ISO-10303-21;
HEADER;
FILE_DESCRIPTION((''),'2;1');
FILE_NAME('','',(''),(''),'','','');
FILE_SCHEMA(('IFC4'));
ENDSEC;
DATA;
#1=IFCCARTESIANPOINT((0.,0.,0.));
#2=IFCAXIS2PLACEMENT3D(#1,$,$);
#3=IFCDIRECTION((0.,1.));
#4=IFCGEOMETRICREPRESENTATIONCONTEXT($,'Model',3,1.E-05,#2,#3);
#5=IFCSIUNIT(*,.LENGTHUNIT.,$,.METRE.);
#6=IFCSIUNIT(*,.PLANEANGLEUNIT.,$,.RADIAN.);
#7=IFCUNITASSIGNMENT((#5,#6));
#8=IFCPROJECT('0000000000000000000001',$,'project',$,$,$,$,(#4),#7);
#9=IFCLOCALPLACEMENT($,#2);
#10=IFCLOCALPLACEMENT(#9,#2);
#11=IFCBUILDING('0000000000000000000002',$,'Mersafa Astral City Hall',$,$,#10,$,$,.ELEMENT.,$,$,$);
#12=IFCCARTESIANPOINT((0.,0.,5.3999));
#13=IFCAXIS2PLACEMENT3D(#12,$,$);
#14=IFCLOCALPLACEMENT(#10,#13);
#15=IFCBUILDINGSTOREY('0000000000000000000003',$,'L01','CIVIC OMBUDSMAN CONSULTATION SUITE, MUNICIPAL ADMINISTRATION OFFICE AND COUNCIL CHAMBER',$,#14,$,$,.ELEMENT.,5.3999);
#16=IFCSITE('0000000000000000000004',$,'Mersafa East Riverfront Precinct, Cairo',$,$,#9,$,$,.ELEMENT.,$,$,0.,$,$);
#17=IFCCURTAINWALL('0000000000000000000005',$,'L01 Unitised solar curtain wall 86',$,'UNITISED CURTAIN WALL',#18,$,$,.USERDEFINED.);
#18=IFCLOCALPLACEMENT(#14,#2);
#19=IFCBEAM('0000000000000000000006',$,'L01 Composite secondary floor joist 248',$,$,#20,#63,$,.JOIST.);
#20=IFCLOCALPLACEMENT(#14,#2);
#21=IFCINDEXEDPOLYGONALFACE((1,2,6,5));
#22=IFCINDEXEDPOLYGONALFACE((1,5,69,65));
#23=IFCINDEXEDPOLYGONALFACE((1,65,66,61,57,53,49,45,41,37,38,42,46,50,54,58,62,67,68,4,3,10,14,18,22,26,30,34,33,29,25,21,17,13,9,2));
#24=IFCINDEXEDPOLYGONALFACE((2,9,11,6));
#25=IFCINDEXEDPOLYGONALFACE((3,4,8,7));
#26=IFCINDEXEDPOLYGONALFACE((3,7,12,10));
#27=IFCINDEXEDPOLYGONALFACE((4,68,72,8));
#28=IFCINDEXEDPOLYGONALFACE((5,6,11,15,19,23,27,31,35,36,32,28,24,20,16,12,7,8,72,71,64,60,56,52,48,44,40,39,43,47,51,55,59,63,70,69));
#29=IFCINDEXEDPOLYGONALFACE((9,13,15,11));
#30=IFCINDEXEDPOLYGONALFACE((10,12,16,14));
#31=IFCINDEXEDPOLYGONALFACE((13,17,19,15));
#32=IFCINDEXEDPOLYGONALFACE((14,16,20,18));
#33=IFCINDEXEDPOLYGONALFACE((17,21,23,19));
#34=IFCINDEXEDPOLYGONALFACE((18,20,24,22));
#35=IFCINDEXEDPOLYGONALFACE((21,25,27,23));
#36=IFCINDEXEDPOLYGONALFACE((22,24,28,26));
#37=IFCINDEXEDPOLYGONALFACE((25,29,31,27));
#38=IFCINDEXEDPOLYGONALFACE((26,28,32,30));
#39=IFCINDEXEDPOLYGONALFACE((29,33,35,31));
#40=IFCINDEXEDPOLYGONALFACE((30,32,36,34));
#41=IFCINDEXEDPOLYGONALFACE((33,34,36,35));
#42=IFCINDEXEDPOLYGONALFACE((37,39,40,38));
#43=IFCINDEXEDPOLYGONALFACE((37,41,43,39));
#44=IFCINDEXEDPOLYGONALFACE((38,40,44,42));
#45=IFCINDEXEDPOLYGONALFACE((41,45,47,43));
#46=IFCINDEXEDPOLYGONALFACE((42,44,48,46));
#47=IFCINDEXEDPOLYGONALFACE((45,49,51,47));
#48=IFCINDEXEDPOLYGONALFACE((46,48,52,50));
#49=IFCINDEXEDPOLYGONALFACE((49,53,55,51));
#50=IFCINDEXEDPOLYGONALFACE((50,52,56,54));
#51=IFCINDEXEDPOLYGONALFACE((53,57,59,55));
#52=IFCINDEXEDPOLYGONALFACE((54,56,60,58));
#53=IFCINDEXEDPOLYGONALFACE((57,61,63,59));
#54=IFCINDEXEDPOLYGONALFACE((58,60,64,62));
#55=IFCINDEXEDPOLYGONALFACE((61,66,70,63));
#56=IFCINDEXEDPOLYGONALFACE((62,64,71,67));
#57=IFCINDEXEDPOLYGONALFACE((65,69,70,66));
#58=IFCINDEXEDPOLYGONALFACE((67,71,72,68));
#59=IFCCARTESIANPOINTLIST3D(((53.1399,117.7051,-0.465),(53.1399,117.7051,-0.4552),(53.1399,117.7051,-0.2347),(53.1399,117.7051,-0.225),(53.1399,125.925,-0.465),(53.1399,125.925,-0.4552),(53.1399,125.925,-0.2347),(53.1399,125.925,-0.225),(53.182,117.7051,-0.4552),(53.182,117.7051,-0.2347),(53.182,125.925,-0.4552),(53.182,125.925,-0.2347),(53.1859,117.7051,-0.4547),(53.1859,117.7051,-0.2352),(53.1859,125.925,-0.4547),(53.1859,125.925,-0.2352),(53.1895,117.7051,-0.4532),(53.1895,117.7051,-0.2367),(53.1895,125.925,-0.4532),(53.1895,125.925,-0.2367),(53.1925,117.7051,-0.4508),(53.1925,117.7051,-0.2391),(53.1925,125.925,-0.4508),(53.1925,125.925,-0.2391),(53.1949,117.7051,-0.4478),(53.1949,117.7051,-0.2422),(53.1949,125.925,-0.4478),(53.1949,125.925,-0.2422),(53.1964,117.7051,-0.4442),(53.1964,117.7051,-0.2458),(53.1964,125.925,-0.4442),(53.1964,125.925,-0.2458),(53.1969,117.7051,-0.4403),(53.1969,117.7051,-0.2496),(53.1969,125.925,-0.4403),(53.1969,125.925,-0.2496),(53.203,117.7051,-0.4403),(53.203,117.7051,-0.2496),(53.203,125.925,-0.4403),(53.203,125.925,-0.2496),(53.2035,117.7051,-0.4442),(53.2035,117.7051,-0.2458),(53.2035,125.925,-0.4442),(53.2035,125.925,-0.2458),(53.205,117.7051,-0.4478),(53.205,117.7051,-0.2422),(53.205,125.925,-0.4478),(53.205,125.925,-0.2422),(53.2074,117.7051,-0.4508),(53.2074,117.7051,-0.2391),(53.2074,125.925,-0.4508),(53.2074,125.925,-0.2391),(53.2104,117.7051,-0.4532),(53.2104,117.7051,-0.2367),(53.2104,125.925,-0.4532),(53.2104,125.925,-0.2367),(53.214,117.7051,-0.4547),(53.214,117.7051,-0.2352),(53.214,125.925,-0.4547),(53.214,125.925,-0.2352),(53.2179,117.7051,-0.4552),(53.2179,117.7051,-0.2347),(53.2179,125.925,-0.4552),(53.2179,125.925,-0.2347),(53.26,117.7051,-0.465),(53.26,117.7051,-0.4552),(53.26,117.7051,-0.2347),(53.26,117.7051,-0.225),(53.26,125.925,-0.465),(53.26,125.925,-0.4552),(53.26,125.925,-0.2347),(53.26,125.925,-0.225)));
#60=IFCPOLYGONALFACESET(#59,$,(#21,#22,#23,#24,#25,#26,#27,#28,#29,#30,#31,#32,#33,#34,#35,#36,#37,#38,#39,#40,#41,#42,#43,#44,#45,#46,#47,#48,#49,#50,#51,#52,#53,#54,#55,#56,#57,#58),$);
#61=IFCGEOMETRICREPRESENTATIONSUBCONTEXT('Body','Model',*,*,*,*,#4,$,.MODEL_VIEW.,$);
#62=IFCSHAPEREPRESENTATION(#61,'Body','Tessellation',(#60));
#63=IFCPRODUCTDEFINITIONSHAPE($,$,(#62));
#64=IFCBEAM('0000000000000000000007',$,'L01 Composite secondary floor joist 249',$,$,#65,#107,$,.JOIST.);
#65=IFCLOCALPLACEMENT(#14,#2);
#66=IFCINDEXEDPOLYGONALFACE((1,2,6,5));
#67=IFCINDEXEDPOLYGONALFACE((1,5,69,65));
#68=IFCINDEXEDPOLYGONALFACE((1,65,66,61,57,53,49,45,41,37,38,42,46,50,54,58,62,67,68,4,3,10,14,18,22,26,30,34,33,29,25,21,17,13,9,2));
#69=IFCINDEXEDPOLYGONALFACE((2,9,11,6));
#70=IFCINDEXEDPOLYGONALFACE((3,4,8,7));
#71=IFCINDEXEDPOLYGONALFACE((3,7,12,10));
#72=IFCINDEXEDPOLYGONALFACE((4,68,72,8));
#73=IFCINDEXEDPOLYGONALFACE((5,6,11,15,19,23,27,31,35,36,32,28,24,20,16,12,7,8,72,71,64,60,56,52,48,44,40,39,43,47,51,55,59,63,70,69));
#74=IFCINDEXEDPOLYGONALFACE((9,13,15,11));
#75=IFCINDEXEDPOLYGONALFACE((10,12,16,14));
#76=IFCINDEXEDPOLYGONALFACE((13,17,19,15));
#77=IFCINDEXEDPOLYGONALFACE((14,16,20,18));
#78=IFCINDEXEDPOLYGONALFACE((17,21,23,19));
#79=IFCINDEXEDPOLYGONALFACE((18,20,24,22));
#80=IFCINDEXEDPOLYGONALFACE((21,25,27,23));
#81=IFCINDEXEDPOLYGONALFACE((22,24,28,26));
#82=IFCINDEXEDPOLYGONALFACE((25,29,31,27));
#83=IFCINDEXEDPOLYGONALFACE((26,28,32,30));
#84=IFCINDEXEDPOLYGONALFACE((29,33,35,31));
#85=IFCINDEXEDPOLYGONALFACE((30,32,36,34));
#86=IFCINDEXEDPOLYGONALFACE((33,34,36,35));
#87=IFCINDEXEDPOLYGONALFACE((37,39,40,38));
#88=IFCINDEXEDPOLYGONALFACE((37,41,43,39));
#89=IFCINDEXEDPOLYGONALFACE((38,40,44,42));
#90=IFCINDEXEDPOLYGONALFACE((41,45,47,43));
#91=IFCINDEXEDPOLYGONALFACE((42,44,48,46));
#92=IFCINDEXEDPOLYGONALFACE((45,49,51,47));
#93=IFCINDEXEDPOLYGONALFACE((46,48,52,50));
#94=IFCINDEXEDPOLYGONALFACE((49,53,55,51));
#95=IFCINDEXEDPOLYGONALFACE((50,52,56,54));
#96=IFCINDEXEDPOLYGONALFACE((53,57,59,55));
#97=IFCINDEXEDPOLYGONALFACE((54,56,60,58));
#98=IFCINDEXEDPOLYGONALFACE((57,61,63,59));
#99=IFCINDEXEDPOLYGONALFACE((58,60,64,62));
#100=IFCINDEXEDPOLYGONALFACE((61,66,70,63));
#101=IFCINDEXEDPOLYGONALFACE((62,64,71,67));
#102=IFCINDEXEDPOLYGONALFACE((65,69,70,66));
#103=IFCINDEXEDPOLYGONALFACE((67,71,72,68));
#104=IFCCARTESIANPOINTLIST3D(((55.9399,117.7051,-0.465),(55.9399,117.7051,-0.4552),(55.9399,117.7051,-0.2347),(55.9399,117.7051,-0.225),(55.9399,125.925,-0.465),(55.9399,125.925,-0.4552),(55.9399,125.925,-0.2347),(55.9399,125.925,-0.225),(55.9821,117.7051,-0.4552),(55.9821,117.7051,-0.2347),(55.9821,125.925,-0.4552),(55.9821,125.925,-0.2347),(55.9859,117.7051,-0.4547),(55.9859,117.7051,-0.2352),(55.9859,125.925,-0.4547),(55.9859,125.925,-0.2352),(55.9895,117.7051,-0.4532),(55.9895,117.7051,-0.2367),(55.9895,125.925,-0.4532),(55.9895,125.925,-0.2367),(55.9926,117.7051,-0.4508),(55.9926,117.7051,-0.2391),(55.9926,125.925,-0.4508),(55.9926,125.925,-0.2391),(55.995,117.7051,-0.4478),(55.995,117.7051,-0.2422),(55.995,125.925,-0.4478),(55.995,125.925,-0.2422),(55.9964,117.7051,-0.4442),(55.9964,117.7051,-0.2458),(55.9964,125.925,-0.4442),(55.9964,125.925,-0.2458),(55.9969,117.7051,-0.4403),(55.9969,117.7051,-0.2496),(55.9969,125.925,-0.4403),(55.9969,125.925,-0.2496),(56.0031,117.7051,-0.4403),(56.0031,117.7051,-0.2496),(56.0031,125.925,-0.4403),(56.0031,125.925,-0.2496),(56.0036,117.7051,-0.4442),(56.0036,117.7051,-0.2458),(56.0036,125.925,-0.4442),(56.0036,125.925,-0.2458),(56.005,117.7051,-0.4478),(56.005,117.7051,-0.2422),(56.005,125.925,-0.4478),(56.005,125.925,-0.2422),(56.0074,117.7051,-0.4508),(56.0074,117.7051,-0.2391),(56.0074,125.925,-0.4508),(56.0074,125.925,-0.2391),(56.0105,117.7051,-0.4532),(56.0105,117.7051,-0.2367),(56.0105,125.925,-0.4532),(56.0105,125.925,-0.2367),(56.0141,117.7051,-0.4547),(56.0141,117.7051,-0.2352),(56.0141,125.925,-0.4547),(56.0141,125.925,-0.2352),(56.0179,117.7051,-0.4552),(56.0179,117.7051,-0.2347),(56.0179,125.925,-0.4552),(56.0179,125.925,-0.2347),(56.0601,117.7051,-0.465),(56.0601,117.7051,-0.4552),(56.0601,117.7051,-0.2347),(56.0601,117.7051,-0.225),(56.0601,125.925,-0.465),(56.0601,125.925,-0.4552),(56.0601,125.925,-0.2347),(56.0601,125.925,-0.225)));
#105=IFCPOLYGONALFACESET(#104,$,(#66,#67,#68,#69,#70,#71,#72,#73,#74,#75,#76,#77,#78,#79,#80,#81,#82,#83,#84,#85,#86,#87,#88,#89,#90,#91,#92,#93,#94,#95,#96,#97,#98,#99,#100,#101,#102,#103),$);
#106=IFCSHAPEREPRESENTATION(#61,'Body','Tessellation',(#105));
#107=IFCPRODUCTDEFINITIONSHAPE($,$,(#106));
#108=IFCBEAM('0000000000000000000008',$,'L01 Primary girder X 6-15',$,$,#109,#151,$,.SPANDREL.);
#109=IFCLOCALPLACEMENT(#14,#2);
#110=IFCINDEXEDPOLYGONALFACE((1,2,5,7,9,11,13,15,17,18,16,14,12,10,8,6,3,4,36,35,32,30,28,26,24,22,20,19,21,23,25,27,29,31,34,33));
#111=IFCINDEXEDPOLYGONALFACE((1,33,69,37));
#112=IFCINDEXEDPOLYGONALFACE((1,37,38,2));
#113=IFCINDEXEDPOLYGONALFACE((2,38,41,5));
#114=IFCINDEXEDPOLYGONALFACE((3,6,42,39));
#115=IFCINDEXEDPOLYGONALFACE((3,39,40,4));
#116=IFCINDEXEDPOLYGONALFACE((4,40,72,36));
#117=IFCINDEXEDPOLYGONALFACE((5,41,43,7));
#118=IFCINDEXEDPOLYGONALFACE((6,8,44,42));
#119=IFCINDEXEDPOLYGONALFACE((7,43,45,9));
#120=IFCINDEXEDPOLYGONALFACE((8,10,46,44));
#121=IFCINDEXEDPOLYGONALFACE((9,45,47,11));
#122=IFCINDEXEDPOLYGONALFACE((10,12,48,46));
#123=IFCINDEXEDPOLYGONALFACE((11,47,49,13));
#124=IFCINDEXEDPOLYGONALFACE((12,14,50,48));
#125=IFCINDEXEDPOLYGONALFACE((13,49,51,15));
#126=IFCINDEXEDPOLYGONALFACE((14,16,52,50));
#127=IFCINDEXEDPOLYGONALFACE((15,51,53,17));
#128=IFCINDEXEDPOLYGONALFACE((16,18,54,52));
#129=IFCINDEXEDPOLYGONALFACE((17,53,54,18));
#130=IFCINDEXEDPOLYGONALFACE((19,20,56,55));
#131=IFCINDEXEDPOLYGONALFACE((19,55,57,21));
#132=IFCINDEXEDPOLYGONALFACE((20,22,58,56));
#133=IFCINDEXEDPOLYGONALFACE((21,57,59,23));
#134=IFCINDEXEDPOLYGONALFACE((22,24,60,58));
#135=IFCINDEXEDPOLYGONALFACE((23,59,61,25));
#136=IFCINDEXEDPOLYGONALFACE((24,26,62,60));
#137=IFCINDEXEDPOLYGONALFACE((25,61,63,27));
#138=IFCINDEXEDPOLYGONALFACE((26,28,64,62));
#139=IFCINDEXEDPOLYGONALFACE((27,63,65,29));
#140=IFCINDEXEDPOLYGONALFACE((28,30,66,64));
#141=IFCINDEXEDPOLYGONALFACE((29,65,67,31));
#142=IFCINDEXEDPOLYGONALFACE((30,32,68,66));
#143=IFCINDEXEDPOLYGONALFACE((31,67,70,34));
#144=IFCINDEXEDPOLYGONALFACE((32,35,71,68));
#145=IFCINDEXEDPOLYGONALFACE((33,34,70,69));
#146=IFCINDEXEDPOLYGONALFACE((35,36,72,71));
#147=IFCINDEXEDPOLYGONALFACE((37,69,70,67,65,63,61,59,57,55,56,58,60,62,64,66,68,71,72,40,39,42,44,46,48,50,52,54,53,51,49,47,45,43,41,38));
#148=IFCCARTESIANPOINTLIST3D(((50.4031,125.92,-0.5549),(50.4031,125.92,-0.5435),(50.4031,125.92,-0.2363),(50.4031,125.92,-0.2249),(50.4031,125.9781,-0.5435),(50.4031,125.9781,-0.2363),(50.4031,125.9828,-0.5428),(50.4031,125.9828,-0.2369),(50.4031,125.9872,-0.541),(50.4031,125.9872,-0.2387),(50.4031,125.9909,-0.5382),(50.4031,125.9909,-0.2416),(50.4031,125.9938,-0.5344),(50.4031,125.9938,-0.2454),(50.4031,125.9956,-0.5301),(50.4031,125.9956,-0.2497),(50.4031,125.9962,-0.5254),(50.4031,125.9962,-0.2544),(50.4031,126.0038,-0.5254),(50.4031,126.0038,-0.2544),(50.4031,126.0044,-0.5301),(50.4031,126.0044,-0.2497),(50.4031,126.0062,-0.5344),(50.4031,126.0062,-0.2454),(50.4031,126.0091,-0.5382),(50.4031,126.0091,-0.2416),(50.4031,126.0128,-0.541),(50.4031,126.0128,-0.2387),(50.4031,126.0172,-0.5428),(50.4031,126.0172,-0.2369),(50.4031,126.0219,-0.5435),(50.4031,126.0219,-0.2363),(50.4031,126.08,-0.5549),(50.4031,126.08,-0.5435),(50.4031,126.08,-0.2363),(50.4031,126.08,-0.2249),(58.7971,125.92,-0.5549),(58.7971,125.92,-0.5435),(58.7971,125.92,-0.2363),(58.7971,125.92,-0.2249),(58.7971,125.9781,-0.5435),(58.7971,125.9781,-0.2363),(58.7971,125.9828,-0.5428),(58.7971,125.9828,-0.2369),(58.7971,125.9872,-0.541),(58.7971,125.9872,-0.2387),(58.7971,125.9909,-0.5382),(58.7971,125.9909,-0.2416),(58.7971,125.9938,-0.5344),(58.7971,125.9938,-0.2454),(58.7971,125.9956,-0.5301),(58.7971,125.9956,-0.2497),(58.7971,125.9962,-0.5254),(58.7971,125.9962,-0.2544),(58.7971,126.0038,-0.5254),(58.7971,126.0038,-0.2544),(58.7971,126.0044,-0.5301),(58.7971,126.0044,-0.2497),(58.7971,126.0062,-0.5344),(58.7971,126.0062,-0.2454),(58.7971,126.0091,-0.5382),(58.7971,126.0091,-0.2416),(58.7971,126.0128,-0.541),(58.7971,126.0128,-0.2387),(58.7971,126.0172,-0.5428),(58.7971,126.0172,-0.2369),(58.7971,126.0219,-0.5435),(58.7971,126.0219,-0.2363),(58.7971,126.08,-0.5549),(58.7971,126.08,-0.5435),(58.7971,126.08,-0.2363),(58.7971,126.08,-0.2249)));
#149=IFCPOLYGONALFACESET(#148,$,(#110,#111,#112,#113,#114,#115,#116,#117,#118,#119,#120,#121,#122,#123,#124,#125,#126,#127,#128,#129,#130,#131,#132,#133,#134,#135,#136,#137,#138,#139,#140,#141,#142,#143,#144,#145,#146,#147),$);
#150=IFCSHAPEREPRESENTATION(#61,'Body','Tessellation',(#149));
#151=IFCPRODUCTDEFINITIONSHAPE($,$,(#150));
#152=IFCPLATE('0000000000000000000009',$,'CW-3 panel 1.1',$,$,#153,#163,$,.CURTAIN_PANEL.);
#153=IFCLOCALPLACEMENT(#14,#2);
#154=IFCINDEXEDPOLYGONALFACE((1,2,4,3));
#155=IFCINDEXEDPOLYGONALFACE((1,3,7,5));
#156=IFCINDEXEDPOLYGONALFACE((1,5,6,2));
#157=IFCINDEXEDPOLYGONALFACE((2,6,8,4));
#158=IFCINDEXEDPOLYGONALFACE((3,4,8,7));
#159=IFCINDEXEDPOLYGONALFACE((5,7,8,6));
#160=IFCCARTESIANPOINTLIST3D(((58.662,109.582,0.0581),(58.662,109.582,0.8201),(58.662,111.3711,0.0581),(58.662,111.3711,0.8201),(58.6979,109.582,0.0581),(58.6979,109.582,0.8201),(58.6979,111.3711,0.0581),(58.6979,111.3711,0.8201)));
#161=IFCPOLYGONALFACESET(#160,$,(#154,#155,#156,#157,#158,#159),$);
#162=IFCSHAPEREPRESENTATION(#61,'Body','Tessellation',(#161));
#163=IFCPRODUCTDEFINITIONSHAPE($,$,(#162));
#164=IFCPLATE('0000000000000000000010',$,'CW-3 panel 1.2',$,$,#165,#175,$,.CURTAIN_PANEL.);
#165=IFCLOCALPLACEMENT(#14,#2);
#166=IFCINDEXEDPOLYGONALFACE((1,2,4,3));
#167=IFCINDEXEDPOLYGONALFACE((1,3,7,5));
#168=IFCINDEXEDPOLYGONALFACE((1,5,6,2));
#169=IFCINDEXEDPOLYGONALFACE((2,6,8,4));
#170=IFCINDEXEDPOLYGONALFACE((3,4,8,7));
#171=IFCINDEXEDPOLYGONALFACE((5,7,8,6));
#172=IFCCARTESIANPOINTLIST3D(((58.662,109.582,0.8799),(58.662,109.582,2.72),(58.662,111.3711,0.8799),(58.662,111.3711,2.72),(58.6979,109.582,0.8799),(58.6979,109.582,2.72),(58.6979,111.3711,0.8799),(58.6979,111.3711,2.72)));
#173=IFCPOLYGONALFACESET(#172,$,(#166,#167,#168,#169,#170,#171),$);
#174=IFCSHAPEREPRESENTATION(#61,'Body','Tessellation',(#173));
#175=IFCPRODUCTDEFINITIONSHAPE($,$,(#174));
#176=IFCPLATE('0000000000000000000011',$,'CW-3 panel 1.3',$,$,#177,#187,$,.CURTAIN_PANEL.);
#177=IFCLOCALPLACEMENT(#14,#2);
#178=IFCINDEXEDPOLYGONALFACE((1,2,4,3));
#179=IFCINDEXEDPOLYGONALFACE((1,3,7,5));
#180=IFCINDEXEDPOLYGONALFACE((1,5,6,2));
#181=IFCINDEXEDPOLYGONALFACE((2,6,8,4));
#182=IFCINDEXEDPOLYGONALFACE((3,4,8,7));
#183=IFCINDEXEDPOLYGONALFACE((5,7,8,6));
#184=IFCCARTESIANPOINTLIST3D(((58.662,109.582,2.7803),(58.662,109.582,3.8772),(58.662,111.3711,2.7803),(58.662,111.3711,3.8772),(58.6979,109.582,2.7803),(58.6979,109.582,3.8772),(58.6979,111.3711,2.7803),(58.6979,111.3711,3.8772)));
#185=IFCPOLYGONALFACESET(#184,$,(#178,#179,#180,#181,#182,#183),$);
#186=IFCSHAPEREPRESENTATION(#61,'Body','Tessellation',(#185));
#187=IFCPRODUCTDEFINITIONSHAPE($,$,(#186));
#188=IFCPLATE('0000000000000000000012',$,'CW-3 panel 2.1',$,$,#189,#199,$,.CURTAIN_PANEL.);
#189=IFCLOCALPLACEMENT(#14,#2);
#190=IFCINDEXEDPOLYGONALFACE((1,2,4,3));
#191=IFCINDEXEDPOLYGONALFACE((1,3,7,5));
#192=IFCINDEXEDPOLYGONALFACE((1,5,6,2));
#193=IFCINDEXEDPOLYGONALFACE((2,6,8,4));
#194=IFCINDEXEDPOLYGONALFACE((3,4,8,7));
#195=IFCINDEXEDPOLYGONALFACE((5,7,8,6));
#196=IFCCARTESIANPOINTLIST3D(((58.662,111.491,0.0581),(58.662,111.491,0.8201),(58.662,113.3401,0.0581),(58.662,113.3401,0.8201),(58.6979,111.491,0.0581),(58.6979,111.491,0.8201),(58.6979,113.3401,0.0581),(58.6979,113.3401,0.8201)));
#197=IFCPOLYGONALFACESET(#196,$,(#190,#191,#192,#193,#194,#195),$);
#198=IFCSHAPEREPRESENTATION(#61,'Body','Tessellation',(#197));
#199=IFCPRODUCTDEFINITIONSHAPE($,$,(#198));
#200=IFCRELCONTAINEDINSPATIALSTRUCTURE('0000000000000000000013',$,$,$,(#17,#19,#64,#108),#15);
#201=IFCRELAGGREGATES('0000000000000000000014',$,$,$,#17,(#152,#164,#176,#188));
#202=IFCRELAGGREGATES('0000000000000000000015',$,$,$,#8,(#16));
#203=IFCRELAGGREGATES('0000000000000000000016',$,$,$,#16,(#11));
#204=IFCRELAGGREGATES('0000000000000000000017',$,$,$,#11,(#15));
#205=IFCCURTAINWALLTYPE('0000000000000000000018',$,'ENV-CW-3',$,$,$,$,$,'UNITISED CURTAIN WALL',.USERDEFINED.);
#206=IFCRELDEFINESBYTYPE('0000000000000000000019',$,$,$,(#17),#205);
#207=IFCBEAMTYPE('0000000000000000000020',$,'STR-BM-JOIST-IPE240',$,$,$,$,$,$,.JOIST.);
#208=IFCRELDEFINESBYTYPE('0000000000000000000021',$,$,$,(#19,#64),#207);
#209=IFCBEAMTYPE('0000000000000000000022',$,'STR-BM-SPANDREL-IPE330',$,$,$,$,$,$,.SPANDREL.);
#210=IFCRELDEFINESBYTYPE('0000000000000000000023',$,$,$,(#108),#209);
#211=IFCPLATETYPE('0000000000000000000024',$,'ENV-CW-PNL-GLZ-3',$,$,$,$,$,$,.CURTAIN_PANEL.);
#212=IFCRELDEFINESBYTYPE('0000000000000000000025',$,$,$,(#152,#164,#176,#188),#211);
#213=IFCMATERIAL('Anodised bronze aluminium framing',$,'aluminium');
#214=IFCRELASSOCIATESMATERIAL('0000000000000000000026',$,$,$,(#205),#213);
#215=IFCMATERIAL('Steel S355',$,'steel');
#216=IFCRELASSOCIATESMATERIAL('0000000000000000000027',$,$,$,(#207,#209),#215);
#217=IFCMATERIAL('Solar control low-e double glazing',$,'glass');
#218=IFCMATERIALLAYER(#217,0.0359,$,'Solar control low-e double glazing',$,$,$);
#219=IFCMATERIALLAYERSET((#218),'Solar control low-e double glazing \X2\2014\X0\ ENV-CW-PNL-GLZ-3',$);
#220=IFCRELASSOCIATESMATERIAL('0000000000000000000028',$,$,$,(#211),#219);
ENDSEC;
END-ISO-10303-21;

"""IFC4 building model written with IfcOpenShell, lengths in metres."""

from ifc_helpers import new_model, si_unit, direction, frame, origin, origin_2d, place, context, subcontext, project, spatial, rectangle, i_section, extrude, material, layer, layer_set, material_profile, profile_set, type_object, element, aggregate, save


model = new_model("IFC4")

# Units and contexts
model_context = context("Model", 3, precision=1e-05, world=origin(), true_north=direction((0.0, 1.0)))
body_context = subcontext(model_context, "Body", "Model", "MODEL_VIEW")
ifc_project = project(units=[si_unit("LENGTHUNIT", "METRE"), si_unit("PLANEANGLEUNIT", "RADIAN")], contexts=[model_context])

# Site, building, storey
site_placement = place(None, origin())
site = spatial("IfcSite", under=ifc_project, at=site_placement, Name="Mersafa East Riverfront Precinct, Cairo", CompositionType="ELEMENT", RefElevation=0.0)
building_placement = place(site_placement, origin())
building = spatial("IfcBuilding", under=site, at=building_placement, Name="Mersafa Astral City Hall", CompositionType="ELEMENT")
storey_placement = place(building_placement, frame((0.0, 0.0, 5.3999)))
storey = spatial("IfcBuildingStorey", under=building, at=storey_placement, Name="L01", Description="CIVIC OMBUDSMAN CONSULTATION SUITE, MUNICIPAL ADMINISTRATION OFFICE AND COUNCIL CHAMBER", CompositionType="ELEMENT", Elevation=5.3999)

# Shared definitions
ifc_material_1 = material(Name="Steel S355", Category="steel")

# Curtain wall
ifc_material_2 = material(Name="Anodised bronze aluminium framing", Category="aluminium")
curtain_wall_type = type_object("IfcCurtainWallType", Name="ENV-CW-3", ElementType="UNITISED CURTAIN WALL", PredefinedType="USERDEFINED", material=ifc_material_2)
curtain_wall_placement = place(storey_placement, origin())
curtain_wall = element("IfcCurtainWall", 1, at=curtain_wall_placement, inside=storey, type_object=curtain_wall_type, Name="L01 Unitised solar curtain wall 86", ObjectType="UNITISED CURTAIN WALL", PredefinedType="USERDEFINED")

# Beams
ifc_material_profile_1 = material_profile(ifc_material_1, i_section(OverallWidth=0.1201, OverallDepth=0.24, WebThickness=0.0061, FlangeThickness=0.0098, FilletRadius=0.0149, at=origin_2d()), Name="IPE 240")
ifc_profile_set_1 = profile_set([ifc_material_profile_1], Name="Steel S355")
beam_type_1 = type_object("IfcBeamType", Name="STR-BM-JOIST-IPE240", PredefinedType="JOIST", material=ifc_profile_set_1)
for number, where, z_axis, x_axis, name in (
    (2, (53.2, 117.7051, -0.345), (0.0, 1.0, 0.0), (-1.0, 0.0, 0.0), "L01 Composite secondary floor joist 248"),
    (3, (56.0, 117.7051, -0.345), (0.0, 1.0, 0.0), (-1.0, 0.0, 0.0), "L01 Composite secondary floor joist 249"),
):
    element("IfcBeam", number, at=place(storey_placement, frame(where, z_axis=z_axis, x_axis=x_axis)), inside=storey, type_object=beam_type_1, Name=name, PredefinedType="JOIST", context=body_context, shape_type="SweptSolid", body=[
        extrude(i_section(OverallWidth=0.1201, OverallDepth=0.24, WebThickness=0.0061, FlangeThickness=0.0098, FilletRadius=0.0149, at=origin_2d()), origin(), (0.0, 0.0, 1.0), 8.22),
    ])
ifc_material_profile_2 = material_profile(ifc_material_1, i_section(OverallWidth=0.1599, OverallDepth=0.3301, WebThickness=0.0076, FlangeThickness=0.0115, FilletRadius=0.0181, at=origin_2d()), Name="IPE 330")
ifc_profile_set_2 = profile_set([ifc_material_profile_2], Name="Steel S355")
beam_type_2 = type_object("IfcBeamType", Name="STR-BM-SPANDREL-IPE330", PredefinedType="SPANDREL", material=ifc_profile_set_2)
beam_1_placement = place(storey_placement, frame((50.4031, 126.0, -0.3899), z_axis=(1.0, 0.0, 0.0), x_axis=(0.0, 1.0, 0.0)))
element("IfcBeam", 4, at=beam_1_placement, inside=storey, type_object=beam_type_2, Name="L01 Primary girder X 6-15", PredefinedType="SPANDREL", context=body_context, shape_type="SweptSolid", body=[
    extrude(i_section(OverallWidth=0.1599, OverallDepth=0.3301, WebThickness=0.0076, FlangeThickness=0.0115, FilletRadius=0.0181, at=origin_2d()), origin(), (0.0, 0.0, 1.0), 8.394),
])

# Plates
ifc_material_3 = material(Name="Solar control low-e double glazing", Category="glass")
ifc_layer_1 = layer(ifc_material_3, 0.0359, Name="Solar control low-e double glazing")
ifc_layer_set_1 = layer_set([ifc_layer_1], Name="Solar control low-e double glazing — ENV-CW-PNL-GLZ-3")
plate_type = type_object("IfcPlateType", Name="ENV-CW-PNL-GLZ-3", PredefinedType="CURTAIN_PANEL", material=ifc_layer_set_1)
plate_1_placement = place(storey_placement, frame((58.6799, 110.4766, 0.0581), z_axis=(0.0, 0.0, 1.0), x_axis=(0.0, 1.0, 0.0)))
plate_1 = element("IfcPlate", 5, at=plate_1_placement, type_object=plate_type, Name="CW-3 panel 1.1", PredefinedType="CURTAIN_PANEL", context=body_context, shape_type="SweptSolid", body=[
    extrude(rectangle(XDim=1.7891, YDim=0.0359, at=origin_2d()), origin(), (0.0, 0.0, 1.0), 0.762),
])
plate_2_placement = place(storey_placement, frame((58.6799, 110.4766, 0.8799), z_axis=(0.0, 0.0, 1.0), x_axis=(0.0, 1.0, 0.0)))
plate_2 = element("IfcPlate", 6, at=plate_2_placement, type_object=plate_type, Name="CW-3 panel 1.2", PredefinedType="CURTAIN_PANEL", context=body_context, shape_type="SweptSolid", body=[
    extrude(rectangle(XDim=1.7891, YDim=0.0359, at=origin_2d()), origin(), (0.0, 0.0, 1.0), 1.8401),
])
plate_3_placement = place(storey_placement, frame((58.6799, 110.4766, 2.7803), z_axis=(0.0, 0.0, 1.0), x_axis=(0.0, 1.0, 0.0)))
plate_3 = element("IfcPlate", 7, at=plate_3_placement, type_object=plate_type, Name="CW-3 panel 1.3", PredefinedType="CURTAIN_PANEL", context=body_context, shape_type="SweptSolid", body=[
    extrude(rectangle(XDim=1.7891, YDim=0.0359, at=origin_2d()), origin(), (0.0, 0.0, 1.0), 1.0969),
])
plate_4_placement = place(storey_placement, frame((58.6799, 112.4155, 0.0581), z_axis=(0.0, 0.0, 1.0), x_axis=(0.0, 1.0, 0.0)))
plate_4 = element("IfcPlate", 8, at=plate_4_placement, type_object=plate_type, Name="CW-3 panel 2.1", PredefinedType="CURTAIN_PANEL", context=body_context, shape_type="SweptSolid", body=[
    extrude(rectangle(XDim=1.8491, YDim=0.0359, at=origin_2d()), origin(), (0.0, 0.0, 1.0), 0.762),
])
aggregate(curtain_wall, [plate_1, plate_2, plate_3, plate_4])

save(model, "model.ifc")
